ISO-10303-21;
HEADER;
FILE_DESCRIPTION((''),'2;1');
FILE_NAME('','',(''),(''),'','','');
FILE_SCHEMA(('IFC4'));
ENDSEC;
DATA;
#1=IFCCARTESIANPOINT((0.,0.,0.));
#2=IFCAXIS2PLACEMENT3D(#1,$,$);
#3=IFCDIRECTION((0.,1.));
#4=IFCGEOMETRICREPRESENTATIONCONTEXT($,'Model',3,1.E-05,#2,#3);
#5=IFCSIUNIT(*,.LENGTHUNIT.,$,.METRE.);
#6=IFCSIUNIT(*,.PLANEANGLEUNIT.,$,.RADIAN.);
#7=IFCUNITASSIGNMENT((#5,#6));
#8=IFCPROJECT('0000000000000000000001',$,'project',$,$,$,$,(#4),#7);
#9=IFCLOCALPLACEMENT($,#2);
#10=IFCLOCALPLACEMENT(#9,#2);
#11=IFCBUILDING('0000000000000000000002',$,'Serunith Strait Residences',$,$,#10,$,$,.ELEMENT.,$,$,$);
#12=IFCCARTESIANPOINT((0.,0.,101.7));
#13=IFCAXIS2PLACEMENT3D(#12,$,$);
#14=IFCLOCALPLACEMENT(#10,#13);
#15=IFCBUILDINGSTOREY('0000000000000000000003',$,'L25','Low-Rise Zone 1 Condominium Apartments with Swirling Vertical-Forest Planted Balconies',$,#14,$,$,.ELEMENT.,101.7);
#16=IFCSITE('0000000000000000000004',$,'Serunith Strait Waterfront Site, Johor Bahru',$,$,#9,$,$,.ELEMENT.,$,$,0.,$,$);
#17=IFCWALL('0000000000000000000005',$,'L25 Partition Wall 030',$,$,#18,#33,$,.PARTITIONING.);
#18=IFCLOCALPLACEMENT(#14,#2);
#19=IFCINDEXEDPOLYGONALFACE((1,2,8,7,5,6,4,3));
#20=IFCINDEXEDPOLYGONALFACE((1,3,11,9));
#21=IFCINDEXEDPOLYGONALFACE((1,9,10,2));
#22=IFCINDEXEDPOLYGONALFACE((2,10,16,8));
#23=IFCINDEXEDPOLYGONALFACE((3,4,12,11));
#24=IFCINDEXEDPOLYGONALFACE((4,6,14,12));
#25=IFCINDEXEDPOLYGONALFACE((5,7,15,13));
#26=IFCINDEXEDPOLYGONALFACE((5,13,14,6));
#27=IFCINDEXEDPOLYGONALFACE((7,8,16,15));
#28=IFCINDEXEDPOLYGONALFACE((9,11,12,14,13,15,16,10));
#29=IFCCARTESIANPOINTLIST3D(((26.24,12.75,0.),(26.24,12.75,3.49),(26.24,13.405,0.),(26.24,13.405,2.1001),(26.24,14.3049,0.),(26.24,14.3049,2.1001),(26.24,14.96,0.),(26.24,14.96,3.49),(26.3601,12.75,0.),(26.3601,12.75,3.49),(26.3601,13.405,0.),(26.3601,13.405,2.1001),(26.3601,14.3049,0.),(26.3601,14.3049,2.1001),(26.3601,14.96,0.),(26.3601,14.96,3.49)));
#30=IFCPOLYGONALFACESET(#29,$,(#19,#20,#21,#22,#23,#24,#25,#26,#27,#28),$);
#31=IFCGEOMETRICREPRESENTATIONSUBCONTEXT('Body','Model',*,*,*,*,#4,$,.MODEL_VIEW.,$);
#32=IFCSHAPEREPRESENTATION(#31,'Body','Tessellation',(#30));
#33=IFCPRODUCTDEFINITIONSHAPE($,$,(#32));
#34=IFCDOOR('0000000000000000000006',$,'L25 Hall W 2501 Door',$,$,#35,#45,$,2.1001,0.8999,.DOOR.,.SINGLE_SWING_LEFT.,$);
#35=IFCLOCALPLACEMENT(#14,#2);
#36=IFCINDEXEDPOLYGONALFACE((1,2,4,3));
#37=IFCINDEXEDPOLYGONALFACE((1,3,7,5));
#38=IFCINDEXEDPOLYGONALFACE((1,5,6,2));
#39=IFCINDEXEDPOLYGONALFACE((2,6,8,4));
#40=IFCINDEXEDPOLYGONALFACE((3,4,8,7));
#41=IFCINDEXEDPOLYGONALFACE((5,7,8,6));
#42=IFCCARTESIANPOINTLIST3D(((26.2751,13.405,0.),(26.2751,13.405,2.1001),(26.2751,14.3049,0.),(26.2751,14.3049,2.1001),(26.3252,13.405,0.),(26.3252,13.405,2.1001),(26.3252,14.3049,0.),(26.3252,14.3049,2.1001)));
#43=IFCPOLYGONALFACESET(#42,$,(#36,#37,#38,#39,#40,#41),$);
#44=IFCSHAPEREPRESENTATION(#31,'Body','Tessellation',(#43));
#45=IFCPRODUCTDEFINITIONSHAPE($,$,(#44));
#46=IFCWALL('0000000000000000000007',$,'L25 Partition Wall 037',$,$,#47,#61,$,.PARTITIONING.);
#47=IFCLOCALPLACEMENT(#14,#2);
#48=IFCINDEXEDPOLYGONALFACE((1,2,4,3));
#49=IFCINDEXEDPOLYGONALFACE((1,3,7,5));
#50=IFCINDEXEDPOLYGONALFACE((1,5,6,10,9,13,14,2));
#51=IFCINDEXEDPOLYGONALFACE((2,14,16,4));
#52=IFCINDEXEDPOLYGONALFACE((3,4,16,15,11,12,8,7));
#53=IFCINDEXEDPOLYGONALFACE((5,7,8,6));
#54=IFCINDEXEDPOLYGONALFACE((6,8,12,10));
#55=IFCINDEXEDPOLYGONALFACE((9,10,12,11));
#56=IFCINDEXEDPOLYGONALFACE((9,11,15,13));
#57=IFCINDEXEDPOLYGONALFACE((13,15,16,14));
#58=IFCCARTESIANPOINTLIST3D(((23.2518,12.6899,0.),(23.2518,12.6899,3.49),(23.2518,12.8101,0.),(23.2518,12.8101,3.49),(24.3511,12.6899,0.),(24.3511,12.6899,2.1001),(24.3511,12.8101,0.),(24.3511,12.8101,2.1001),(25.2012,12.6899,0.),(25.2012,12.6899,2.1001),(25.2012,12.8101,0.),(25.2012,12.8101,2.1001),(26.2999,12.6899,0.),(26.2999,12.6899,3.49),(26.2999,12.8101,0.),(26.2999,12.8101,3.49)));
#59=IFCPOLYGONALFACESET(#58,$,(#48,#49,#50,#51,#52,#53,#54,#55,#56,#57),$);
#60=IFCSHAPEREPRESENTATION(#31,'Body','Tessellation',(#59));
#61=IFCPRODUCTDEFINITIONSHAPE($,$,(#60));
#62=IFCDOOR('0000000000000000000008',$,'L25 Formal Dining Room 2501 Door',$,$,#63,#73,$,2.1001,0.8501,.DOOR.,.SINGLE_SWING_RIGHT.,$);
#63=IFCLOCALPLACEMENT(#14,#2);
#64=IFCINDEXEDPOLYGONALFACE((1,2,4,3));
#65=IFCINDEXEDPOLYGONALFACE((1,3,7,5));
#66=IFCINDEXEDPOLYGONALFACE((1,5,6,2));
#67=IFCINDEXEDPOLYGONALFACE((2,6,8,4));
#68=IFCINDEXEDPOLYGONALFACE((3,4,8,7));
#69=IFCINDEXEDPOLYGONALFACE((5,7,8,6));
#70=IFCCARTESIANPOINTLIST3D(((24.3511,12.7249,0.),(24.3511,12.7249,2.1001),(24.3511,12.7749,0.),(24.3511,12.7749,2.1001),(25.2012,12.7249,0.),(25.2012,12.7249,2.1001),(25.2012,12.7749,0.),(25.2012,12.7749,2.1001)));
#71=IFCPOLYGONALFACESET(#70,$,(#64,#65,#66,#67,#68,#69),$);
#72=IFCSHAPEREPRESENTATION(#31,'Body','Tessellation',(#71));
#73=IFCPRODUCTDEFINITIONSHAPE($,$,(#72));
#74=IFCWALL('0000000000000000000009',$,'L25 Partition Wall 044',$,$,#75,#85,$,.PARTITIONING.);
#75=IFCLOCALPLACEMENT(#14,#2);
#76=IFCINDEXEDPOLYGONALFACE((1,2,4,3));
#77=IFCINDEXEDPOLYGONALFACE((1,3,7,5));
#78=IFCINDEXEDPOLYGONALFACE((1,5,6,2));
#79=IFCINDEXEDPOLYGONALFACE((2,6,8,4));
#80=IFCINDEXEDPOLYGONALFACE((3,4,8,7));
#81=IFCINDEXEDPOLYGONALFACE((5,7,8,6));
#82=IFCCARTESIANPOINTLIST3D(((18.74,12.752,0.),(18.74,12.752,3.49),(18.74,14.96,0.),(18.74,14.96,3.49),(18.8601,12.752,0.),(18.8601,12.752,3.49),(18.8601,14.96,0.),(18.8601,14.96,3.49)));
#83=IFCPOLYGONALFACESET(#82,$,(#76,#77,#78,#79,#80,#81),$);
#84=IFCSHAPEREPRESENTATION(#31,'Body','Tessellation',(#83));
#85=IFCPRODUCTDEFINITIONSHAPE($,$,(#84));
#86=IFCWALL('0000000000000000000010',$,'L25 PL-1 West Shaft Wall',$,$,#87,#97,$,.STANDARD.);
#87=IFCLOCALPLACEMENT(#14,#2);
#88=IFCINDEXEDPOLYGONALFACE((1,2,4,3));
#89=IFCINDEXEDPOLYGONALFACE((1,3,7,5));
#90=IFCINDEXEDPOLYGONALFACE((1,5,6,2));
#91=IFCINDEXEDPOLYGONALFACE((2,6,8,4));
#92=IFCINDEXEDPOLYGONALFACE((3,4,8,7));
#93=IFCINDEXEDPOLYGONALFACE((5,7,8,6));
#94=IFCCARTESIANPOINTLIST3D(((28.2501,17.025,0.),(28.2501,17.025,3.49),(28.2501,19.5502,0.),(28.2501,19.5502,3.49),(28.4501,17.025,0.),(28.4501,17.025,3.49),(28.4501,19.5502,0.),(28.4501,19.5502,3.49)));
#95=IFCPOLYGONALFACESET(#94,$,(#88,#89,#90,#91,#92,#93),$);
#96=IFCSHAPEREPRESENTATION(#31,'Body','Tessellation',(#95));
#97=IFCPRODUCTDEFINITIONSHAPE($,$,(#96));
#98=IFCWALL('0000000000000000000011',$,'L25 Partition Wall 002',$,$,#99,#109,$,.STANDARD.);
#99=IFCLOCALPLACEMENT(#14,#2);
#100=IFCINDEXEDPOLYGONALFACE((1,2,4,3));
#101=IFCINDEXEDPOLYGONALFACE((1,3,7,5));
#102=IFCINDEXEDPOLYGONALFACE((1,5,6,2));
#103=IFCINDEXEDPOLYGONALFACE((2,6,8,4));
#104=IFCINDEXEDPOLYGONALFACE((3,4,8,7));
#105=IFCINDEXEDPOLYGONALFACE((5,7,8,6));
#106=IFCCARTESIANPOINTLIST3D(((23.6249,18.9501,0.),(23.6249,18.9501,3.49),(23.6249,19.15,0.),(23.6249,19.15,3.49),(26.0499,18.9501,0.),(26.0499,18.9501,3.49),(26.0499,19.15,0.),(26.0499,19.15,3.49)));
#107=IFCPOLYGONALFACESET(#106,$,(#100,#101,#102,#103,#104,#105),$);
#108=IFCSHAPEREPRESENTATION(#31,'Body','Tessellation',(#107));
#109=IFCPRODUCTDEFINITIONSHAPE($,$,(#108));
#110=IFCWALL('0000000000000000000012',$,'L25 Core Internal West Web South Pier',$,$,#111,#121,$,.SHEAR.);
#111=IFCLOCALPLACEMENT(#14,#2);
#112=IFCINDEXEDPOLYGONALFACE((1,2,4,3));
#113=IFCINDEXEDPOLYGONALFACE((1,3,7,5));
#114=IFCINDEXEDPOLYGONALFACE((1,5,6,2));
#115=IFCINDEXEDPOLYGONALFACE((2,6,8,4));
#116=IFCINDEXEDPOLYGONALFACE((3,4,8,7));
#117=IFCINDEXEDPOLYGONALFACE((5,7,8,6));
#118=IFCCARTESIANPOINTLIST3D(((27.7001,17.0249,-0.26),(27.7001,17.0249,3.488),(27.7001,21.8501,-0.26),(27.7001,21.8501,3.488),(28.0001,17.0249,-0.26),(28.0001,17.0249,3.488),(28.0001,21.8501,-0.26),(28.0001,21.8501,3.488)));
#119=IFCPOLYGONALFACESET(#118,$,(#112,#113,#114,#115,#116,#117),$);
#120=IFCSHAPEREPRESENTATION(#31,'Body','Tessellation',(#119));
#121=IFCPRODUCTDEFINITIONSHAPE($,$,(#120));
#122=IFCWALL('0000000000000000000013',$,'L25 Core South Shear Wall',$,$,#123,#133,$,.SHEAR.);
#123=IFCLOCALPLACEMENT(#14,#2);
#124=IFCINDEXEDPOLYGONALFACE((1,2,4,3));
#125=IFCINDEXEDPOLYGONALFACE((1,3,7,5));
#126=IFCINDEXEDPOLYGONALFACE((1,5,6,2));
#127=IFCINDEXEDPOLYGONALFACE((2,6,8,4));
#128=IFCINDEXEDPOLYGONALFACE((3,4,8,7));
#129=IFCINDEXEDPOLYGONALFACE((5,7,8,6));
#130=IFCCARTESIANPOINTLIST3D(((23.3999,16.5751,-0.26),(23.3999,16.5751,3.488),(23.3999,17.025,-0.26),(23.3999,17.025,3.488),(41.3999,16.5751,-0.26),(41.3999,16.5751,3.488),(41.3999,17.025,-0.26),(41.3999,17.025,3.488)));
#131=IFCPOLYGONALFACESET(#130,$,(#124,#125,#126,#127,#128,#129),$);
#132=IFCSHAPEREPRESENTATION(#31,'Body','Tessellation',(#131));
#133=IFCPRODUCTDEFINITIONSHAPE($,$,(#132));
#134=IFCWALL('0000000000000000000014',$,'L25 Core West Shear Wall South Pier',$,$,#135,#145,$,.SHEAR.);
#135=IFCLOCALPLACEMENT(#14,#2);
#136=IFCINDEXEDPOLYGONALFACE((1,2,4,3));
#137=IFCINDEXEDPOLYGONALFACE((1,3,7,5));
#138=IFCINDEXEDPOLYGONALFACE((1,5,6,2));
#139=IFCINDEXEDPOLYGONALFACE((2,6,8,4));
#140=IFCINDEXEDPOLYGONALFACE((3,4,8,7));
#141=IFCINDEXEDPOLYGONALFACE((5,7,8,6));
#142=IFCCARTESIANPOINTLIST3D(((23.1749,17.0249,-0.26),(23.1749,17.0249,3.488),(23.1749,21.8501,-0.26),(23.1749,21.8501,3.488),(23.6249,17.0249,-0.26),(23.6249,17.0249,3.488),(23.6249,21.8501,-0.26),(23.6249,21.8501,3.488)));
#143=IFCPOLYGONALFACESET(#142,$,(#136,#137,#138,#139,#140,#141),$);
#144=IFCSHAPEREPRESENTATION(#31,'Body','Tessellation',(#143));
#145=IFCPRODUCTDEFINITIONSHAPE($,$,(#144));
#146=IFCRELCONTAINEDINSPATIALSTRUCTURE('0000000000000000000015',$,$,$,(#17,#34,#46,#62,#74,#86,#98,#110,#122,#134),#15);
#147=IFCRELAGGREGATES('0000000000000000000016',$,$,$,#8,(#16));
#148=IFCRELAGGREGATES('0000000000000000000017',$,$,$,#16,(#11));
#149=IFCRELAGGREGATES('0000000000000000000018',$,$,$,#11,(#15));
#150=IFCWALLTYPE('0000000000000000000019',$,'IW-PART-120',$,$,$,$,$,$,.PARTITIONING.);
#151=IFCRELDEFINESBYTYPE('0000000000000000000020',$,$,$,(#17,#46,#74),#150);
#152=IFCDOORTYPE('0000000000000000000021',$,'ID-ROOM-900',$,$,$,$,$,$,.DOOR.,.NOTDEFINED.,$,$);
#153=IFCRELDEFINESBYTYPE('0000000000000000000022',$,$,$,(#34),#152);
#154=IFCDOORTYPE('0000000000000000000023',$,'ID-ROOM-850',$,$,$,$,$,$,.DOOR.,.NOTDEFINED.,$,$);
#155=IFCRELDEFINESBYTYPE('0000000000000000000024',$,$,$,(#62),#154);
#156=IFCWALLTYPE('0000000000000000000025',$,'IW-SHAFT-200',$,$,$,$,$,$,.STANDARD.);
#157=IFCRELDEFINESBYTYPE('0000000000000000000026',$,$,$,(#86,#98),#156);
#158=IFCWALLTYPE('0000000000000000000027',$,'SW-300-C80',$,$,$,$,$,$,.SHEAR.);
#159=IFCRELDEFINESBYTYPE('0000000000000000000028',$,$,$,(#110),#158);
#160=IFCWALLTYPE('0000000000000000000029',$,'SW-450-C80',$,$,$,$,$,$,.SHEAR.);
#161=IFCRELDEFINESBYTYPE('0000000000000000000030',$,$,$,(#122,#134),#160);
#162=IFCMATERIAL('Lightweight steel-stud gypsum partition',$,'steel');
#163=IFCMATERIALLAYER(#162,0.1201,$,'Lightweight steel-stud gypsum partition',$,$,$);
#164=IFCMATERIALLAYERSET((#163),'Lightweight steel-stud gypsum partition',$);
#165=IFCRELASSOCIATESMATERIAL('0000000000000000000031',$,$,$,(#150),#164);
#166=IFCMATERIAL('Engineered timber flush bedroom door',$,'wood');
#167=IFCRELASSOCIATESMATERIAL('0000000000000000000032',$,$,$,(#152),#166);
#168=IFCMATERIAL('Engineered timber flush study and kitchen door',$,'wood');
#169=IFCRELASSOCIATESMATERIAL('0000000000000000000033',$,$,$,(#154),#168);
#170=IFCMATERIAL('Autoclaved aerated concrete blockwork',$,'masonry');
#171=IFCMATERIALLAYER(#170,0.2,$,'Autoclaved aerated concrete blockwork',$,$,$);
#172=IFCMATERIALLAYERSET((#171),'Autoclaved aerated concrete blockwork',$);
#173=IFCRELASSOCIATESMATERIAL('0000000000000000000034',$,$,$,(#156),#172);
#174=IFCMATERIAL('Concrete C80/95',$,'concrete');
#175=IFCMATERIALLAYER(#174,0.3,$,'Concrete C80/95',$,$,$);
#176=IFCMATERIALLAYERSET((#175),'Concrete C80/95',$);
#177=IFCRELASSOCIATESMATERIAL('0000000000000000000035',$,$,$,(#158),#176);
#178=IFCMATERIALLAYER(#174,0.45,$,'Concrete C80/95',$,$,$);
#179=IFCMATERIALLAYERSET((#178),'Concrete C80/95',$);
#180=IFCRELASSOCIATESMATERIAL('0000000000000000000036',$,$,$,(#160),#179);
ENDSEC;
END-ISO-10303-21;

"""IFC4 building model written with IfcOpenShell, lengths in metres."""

from ifc_helpers import new_model, si_unit, direction, frame, frame_2d, origin, place, context, subcontext, project, spatial, rectangle, extrude, source, transform, mapped, material, layer, layer_set, type_object, element, fill, save


model = new_model("IFC4")

# Units and contexts
model_context = context("Model", 3, precision=1e-05, world=origin(), true_north=direction((0.0, 1.0)))
body_context = subcontext(model_context, "Body", "Model", "MODEL_VIEW")
ifc_project = project(units=[si_unit("LENGTHUNIT", "METRE"), si_unit("PLANEANGLEUNIT", "RADIAN")], contexts=[model_context])

# Site, building, storey
site_placement = place(None, origin())
site = spatial("IfcSite", under=ifc_project, at=site_placement, Name="Serunith Strait Waterfront Site, Johor Bahru", CompositionType="ELEMENT", RefElevation=0.0)
building_placement = place(site_placement, origin())
building = spatial("IfcBuilding", under=site, at=building_placement, Name="Serunith Strait Residences", CompositionType="ELEMENT")
storey_placement = place(building_placement, frame((0.0, 0.0, 101.7)))
storey = spatial("IfcBuildingStorey", under=building, at=storey_placement, Name="L25", Description="Low-Rise Zone 1 Condominium Apartments with Swirling Vertical-Forest Planted Balconies", CompositionType="ELEMENT", Elevation=101.7)

# Walls, openings, doors
ifc_material_1 = material(Name="Lightweight steel-stud gypsum partition", Category="steel")
ifc_layer_1 = layer(ifc_material_1, 0.1201, Name="Lightweight steel-stud gypsum partition")
ifc_layer_set_1 = layer_set([ifc_layer_1], Name="Lightweight steel-stud gypsum partition")
wall_type_1 = type_object("IfcWallType", Name="IW-PART-120", PredefinedType="PARTITIONING", material=ifc_layer_set_1)
wall_1_placement = place(storey_placement, frame((26.3, 12.75, 0.0), z_axis=(0.0, 0.0, 1.0), x_axis=(0.0, 1.0, 0.0)))
wall_1 = element("IfcWall", 1, at=wall_1_placement, inside=storey, type_object=wall_type_1, Name="L25 Partition Wall 030", PredefinedType="PARTITIONING", context=body_context, shape_type="SweptSolid", body=[
    extrude(rectangle(XDim=2.21, YDim=0.1201, at=frame_2d((1.105, 0.0))), origin(), (0.0, 0.0, 1.0), 3.49),
])
opening_1_placement = place(wall_1_placement, frame((0.655, 0.0, 0.0)))
opening_1 = element("IfcOpeningElement", 2, at=opening_1_placement, cuts=wall_1, PredefinedType="OPENING", context=body_context, shape_type="SweptSolid", body=[
    extrude(rectangle(XDim=0.8999, YDim=2.1001, at=frame_2d((0.45, 1.05))), frame((0.0, 0.0701, 0.0), z_axis=(0.0, -1.0, 0.0), x_axis=(1.0, 0.0, 0.0)), (0.0, 0.0, 1.0), 0.1401),
])
ifc_material_2 = material(Name="Engineered timber flush bedroom door", Category="wood")
door_type_1 = type_object("IfcDoorType", Name="ID-ROOM-900", OperationType="NOTDEFINED", PredefinedType="DOOR", material=ifc_material_2)
shared_shape_1 = source(origin(), body_context, "Body", "SweptSolid", [
    extrude(rectangle(XDim=0.8999, YDim=2.1001, at=frame_2d((0.45, 1.05))), frame((0.0, 0.0249, 0.0), z_axis=(0.0, -1.0, 0.0), x_axis=(1.0, 0.0, 0.0)), (0.0, 0.0, 1.0), 0.05),
])
door_1_placement = place(opening_1_placement, origin())
door_1 = element("IfcDoor", 3, at=door_1_placement, inside=storey, type_object=door_type_1, Name="L25 Hall W 2501 Door", OperationType="SINGLE_SWING_LEFT", OverallHeight=2.1001, OverallWidth=0.8999, PredefinedType="DOOR", context=body_context, shape_type="MappedRepresentation", body=[
    mapped(shared_shape_1, transform((0.0, 0.0, 0.0), scale=1.0)),
])
fill(opening_1, door_1)
wall_2_placement = place(storey_placement, frame((23.252, 12.75, 0.0), z_axis=(0.0, 0.0, 1.0), x_axis=(1.0, 0.0, 0.0)))
wall_2 = element("IfcWall", 4, at=wall_2_placement, inside=storey, type_object=wall_type_1, Name="L25 Partition Wall 037", PredefinedType="PARTITIONING", context=body_context, shape_type="SweptSolid", body=[
    extrude(rectangle(XDim=3.0481, YDim=0.1201, at=frame_2d((1.5239, 0.0))), origin(), (0.0, 0.0, 1.0), 3.49),
])
opening_2_placement = place(wall_2_placement, frame((1.0991, 0.0, 0.0)))
opening_2 = element("IfcOpeningElement", 5, at=opening_2_placement, cuts=wall_2, PredefinedType="OPENING", context=body_context, shape_type="SweptSolid", body=[
    extrude(rectangle(XDim=0.8501, YDim=2.1001, at=frame_2d((0.425, 1.05))), frame((0.0, 0.0701, 0.0), z_axis=(0.0, -1.0, 0.0), x_axis=(1.0, 0.0, 0.0)), (0.0, 0.0, 1.0), 0.1401),
])
ifc_material_3 = material(Name="Engineered timber flush study and kitchen door", Category="wood")
door_type_2 = type_object("IfcDoorType", Name="ID-ROOM-850", OperationType="NOTDEFINED", PredefinedType="DOOR", material=ifc_material_3)
shared_shape_2 = source(origin(), body_context, "Body", "SweptSolid", [
    extrude(rectangle(XDim=0.8501, YDim=2.1001, at=frame_2d((0.425, 1.05))), frame((0.0, 0.0249, 0.0), z_axis=(0.0, -1.0, 0.0), x_axis=(1.0, 0.0, 0.0)), (0.0, 0.0, 1.0), 0.05),
])
door_2_placement = place(opening_2_placement, origin())
door_2 = element("IfcDoor", 6, at=door_2_placement, inside=storey, type_object=door_type_2, Name="L25 Formal Dining Room 2501 Door", OperationType="SINGLE_SWING_RIGHT", OverallHeight=2.1001, OverallWidth=0.8501, PredefinedType="DOOR", context=body_context, shape_type="MappedRepresentation", body=[
    mapped(shared_shape_2, transform((0.0, 0.0, 0.0), scale=1.0)),
])
fill(opening_2, door_2)

# Walls
wall_3_placement = place(storey_placement, frame((18.8, 12.752, 0.0), z_axis=(0.0, 0.0, 1.0), x_axis=(0.0, 1.0, 0.0)))
element("IfcWall", 7, at=wall_3_placement, inside=storey, type_object=wall_type_1, Name="L25 Partition Wall 044", PredefinedType="PARTITIONING", context=body_context, shape_type="SweptSolid", body=[
    extrude(rectangle(XDim=2.208, YDim=0.1201, at=frame_2d((1.104, 0.0))), origin(), (0.0, 0.0, 1.0), 3.49),
])
ifc_material_4 = material(Name="Autoclaved aerated concrete blockwork", Category="masonry")
ifc_layer_2 = layer(ifc_material_4, 0.2, Name="Autoclaved aerated concrete blockwork")
ifc_layer_set_2 = layer_set([ifc_layer_2], Name="Autoclaved aerated concrete blockwork")
wall_type_2 = type_object("IfcWallType", Name="IW-SHAFT-200", PredefinedType="STANDARD", material=ifc_layer_set_2)
wall_4_placement = place(storey_placement, frame((28.3501, 17.0249, 0.0), z_axis=(0.0, 0.0, 1.0), x_axis=(0.0, 1.0, 0.0)))
element("IfcWall", 8, at=wall_4_placement, inside=storey, type_object=wall_type_2, Name="L25 PL-1 West Shaft Wall", PredefinedType="STANDARD", context=body_context, shape_type="SweptSolid", body=[
    extrude(rectangle(XDim=2.5251, YDim=0.2, at=frame_2d((1.2627, 0.0))), origin(), (0.0, 0.0, 1.0), 3.49),
])
wall_5_placement = place(storey_placement, frame((23.625, 19.05, 0.0), z_axis=(0.0, 0.0, 1.0), x_axis=(1.0, 0.0, 0.0)))
element("IfcWall", 9, at=wall_5_placement, inside=storey, type_object=wall_type_2, Name="L25 Partition Wall 002", PredefinedType="STANDARD", context=body_context, shape_type="SweptSolid", body=[
    extrude(rectangle(XDim=2.425, YDim=0.2, at=frame_2d((1.2124, 0.0))), origin(), (0.0, 0.0, 1.0), 3.49),
])
ifc_material_5 = material(Name="Concrete C80/95", Category="concrete")
ifc_layer_3 = layer(ifc_material_5, 0.3, Name="Concrete C80/95")
ifc_layer_set_3 = layer_set([ifc_layer_3], Name="Concrete C80/95")
wall_type_3 = type_object("IfcWallType", Name="SW-300-C80", PredefinedType="SHEAR", material=ifc_layer_set_3)
wall_6_placement = place(storey_placement, frame((27.8501, 17.0249, -0.26), z_axis=(0.0, 0.0, 1.0), x_axis=(0.0, 1.0, 0.0)))
element("IfcWall", 10, at=wall_6_placement, inside=storey, type_object=wall_type_3, Name="L25 Core Internal West Web South Pier", PredefinedType="SHEAR", context=body_context, shape_type="SweptSolid", body=[
    extrude(rectangle(XDim=4.8252, YDim=0.3, at=frame_2d((2.4126, 0.0))), origin(), (0.0, 0.0, 1.0), 3.748),
])
ifc_layer_4 = layer(ifc_material_5, 0.45, Name="Concrete C80/95")
ifc_layer_set_4 = layer_set([ifc_layer_4], Name="Concrete C80/95")
wall_type_4 = type_object("IfcWallType", Name="SW-450-C80", PredefinedType="SHEAR", material=ifc_layer_set_4)
wall_7_placement = place(storey_placement, frame((23.3999, 16.8, -0.26), z_axis=(0.0, 0.0, 1.0), x_axis=(1.0, 0.0, 0.0)))
element("IfcWall", 11, at=wall_7_placement, inside=storey, type_object=wall_type_4, Name="L25 Core South Shear Wall", PredefinedType="SHEAR", context=body_context, shape_type="SweptSolid", body=[
    extrude(rectangle(XDim=18.0, YDim=0.45, at=frame_2d((9.0, 0.0))), origin(), (0.0, 0.0, 1.0), 3.748),
])
wall_8_placement = place(storey_placement, frame((23.3999, 17.0249, -0.26), z_axis=(0.0, 0.0, 1.0), x_axis=(0.0, 1.0, 0.0)))
element("IfcWall", 12, at=wall_8_placement, inside=storey, type_object=wall_type_4, Name="L25 Core West Shear Wall South Pier", PredefinedType="SHEAR", context=body_context, shape_type="SweptSolid", body=[
    extrude(rectangle(XDim=4.8252, YDim=0.45, at=frame_2d((2.4126, 0.0))), origin(), (0.0, 0.0, 1.0), 3.748),
])

save(model, "model.ifc")
